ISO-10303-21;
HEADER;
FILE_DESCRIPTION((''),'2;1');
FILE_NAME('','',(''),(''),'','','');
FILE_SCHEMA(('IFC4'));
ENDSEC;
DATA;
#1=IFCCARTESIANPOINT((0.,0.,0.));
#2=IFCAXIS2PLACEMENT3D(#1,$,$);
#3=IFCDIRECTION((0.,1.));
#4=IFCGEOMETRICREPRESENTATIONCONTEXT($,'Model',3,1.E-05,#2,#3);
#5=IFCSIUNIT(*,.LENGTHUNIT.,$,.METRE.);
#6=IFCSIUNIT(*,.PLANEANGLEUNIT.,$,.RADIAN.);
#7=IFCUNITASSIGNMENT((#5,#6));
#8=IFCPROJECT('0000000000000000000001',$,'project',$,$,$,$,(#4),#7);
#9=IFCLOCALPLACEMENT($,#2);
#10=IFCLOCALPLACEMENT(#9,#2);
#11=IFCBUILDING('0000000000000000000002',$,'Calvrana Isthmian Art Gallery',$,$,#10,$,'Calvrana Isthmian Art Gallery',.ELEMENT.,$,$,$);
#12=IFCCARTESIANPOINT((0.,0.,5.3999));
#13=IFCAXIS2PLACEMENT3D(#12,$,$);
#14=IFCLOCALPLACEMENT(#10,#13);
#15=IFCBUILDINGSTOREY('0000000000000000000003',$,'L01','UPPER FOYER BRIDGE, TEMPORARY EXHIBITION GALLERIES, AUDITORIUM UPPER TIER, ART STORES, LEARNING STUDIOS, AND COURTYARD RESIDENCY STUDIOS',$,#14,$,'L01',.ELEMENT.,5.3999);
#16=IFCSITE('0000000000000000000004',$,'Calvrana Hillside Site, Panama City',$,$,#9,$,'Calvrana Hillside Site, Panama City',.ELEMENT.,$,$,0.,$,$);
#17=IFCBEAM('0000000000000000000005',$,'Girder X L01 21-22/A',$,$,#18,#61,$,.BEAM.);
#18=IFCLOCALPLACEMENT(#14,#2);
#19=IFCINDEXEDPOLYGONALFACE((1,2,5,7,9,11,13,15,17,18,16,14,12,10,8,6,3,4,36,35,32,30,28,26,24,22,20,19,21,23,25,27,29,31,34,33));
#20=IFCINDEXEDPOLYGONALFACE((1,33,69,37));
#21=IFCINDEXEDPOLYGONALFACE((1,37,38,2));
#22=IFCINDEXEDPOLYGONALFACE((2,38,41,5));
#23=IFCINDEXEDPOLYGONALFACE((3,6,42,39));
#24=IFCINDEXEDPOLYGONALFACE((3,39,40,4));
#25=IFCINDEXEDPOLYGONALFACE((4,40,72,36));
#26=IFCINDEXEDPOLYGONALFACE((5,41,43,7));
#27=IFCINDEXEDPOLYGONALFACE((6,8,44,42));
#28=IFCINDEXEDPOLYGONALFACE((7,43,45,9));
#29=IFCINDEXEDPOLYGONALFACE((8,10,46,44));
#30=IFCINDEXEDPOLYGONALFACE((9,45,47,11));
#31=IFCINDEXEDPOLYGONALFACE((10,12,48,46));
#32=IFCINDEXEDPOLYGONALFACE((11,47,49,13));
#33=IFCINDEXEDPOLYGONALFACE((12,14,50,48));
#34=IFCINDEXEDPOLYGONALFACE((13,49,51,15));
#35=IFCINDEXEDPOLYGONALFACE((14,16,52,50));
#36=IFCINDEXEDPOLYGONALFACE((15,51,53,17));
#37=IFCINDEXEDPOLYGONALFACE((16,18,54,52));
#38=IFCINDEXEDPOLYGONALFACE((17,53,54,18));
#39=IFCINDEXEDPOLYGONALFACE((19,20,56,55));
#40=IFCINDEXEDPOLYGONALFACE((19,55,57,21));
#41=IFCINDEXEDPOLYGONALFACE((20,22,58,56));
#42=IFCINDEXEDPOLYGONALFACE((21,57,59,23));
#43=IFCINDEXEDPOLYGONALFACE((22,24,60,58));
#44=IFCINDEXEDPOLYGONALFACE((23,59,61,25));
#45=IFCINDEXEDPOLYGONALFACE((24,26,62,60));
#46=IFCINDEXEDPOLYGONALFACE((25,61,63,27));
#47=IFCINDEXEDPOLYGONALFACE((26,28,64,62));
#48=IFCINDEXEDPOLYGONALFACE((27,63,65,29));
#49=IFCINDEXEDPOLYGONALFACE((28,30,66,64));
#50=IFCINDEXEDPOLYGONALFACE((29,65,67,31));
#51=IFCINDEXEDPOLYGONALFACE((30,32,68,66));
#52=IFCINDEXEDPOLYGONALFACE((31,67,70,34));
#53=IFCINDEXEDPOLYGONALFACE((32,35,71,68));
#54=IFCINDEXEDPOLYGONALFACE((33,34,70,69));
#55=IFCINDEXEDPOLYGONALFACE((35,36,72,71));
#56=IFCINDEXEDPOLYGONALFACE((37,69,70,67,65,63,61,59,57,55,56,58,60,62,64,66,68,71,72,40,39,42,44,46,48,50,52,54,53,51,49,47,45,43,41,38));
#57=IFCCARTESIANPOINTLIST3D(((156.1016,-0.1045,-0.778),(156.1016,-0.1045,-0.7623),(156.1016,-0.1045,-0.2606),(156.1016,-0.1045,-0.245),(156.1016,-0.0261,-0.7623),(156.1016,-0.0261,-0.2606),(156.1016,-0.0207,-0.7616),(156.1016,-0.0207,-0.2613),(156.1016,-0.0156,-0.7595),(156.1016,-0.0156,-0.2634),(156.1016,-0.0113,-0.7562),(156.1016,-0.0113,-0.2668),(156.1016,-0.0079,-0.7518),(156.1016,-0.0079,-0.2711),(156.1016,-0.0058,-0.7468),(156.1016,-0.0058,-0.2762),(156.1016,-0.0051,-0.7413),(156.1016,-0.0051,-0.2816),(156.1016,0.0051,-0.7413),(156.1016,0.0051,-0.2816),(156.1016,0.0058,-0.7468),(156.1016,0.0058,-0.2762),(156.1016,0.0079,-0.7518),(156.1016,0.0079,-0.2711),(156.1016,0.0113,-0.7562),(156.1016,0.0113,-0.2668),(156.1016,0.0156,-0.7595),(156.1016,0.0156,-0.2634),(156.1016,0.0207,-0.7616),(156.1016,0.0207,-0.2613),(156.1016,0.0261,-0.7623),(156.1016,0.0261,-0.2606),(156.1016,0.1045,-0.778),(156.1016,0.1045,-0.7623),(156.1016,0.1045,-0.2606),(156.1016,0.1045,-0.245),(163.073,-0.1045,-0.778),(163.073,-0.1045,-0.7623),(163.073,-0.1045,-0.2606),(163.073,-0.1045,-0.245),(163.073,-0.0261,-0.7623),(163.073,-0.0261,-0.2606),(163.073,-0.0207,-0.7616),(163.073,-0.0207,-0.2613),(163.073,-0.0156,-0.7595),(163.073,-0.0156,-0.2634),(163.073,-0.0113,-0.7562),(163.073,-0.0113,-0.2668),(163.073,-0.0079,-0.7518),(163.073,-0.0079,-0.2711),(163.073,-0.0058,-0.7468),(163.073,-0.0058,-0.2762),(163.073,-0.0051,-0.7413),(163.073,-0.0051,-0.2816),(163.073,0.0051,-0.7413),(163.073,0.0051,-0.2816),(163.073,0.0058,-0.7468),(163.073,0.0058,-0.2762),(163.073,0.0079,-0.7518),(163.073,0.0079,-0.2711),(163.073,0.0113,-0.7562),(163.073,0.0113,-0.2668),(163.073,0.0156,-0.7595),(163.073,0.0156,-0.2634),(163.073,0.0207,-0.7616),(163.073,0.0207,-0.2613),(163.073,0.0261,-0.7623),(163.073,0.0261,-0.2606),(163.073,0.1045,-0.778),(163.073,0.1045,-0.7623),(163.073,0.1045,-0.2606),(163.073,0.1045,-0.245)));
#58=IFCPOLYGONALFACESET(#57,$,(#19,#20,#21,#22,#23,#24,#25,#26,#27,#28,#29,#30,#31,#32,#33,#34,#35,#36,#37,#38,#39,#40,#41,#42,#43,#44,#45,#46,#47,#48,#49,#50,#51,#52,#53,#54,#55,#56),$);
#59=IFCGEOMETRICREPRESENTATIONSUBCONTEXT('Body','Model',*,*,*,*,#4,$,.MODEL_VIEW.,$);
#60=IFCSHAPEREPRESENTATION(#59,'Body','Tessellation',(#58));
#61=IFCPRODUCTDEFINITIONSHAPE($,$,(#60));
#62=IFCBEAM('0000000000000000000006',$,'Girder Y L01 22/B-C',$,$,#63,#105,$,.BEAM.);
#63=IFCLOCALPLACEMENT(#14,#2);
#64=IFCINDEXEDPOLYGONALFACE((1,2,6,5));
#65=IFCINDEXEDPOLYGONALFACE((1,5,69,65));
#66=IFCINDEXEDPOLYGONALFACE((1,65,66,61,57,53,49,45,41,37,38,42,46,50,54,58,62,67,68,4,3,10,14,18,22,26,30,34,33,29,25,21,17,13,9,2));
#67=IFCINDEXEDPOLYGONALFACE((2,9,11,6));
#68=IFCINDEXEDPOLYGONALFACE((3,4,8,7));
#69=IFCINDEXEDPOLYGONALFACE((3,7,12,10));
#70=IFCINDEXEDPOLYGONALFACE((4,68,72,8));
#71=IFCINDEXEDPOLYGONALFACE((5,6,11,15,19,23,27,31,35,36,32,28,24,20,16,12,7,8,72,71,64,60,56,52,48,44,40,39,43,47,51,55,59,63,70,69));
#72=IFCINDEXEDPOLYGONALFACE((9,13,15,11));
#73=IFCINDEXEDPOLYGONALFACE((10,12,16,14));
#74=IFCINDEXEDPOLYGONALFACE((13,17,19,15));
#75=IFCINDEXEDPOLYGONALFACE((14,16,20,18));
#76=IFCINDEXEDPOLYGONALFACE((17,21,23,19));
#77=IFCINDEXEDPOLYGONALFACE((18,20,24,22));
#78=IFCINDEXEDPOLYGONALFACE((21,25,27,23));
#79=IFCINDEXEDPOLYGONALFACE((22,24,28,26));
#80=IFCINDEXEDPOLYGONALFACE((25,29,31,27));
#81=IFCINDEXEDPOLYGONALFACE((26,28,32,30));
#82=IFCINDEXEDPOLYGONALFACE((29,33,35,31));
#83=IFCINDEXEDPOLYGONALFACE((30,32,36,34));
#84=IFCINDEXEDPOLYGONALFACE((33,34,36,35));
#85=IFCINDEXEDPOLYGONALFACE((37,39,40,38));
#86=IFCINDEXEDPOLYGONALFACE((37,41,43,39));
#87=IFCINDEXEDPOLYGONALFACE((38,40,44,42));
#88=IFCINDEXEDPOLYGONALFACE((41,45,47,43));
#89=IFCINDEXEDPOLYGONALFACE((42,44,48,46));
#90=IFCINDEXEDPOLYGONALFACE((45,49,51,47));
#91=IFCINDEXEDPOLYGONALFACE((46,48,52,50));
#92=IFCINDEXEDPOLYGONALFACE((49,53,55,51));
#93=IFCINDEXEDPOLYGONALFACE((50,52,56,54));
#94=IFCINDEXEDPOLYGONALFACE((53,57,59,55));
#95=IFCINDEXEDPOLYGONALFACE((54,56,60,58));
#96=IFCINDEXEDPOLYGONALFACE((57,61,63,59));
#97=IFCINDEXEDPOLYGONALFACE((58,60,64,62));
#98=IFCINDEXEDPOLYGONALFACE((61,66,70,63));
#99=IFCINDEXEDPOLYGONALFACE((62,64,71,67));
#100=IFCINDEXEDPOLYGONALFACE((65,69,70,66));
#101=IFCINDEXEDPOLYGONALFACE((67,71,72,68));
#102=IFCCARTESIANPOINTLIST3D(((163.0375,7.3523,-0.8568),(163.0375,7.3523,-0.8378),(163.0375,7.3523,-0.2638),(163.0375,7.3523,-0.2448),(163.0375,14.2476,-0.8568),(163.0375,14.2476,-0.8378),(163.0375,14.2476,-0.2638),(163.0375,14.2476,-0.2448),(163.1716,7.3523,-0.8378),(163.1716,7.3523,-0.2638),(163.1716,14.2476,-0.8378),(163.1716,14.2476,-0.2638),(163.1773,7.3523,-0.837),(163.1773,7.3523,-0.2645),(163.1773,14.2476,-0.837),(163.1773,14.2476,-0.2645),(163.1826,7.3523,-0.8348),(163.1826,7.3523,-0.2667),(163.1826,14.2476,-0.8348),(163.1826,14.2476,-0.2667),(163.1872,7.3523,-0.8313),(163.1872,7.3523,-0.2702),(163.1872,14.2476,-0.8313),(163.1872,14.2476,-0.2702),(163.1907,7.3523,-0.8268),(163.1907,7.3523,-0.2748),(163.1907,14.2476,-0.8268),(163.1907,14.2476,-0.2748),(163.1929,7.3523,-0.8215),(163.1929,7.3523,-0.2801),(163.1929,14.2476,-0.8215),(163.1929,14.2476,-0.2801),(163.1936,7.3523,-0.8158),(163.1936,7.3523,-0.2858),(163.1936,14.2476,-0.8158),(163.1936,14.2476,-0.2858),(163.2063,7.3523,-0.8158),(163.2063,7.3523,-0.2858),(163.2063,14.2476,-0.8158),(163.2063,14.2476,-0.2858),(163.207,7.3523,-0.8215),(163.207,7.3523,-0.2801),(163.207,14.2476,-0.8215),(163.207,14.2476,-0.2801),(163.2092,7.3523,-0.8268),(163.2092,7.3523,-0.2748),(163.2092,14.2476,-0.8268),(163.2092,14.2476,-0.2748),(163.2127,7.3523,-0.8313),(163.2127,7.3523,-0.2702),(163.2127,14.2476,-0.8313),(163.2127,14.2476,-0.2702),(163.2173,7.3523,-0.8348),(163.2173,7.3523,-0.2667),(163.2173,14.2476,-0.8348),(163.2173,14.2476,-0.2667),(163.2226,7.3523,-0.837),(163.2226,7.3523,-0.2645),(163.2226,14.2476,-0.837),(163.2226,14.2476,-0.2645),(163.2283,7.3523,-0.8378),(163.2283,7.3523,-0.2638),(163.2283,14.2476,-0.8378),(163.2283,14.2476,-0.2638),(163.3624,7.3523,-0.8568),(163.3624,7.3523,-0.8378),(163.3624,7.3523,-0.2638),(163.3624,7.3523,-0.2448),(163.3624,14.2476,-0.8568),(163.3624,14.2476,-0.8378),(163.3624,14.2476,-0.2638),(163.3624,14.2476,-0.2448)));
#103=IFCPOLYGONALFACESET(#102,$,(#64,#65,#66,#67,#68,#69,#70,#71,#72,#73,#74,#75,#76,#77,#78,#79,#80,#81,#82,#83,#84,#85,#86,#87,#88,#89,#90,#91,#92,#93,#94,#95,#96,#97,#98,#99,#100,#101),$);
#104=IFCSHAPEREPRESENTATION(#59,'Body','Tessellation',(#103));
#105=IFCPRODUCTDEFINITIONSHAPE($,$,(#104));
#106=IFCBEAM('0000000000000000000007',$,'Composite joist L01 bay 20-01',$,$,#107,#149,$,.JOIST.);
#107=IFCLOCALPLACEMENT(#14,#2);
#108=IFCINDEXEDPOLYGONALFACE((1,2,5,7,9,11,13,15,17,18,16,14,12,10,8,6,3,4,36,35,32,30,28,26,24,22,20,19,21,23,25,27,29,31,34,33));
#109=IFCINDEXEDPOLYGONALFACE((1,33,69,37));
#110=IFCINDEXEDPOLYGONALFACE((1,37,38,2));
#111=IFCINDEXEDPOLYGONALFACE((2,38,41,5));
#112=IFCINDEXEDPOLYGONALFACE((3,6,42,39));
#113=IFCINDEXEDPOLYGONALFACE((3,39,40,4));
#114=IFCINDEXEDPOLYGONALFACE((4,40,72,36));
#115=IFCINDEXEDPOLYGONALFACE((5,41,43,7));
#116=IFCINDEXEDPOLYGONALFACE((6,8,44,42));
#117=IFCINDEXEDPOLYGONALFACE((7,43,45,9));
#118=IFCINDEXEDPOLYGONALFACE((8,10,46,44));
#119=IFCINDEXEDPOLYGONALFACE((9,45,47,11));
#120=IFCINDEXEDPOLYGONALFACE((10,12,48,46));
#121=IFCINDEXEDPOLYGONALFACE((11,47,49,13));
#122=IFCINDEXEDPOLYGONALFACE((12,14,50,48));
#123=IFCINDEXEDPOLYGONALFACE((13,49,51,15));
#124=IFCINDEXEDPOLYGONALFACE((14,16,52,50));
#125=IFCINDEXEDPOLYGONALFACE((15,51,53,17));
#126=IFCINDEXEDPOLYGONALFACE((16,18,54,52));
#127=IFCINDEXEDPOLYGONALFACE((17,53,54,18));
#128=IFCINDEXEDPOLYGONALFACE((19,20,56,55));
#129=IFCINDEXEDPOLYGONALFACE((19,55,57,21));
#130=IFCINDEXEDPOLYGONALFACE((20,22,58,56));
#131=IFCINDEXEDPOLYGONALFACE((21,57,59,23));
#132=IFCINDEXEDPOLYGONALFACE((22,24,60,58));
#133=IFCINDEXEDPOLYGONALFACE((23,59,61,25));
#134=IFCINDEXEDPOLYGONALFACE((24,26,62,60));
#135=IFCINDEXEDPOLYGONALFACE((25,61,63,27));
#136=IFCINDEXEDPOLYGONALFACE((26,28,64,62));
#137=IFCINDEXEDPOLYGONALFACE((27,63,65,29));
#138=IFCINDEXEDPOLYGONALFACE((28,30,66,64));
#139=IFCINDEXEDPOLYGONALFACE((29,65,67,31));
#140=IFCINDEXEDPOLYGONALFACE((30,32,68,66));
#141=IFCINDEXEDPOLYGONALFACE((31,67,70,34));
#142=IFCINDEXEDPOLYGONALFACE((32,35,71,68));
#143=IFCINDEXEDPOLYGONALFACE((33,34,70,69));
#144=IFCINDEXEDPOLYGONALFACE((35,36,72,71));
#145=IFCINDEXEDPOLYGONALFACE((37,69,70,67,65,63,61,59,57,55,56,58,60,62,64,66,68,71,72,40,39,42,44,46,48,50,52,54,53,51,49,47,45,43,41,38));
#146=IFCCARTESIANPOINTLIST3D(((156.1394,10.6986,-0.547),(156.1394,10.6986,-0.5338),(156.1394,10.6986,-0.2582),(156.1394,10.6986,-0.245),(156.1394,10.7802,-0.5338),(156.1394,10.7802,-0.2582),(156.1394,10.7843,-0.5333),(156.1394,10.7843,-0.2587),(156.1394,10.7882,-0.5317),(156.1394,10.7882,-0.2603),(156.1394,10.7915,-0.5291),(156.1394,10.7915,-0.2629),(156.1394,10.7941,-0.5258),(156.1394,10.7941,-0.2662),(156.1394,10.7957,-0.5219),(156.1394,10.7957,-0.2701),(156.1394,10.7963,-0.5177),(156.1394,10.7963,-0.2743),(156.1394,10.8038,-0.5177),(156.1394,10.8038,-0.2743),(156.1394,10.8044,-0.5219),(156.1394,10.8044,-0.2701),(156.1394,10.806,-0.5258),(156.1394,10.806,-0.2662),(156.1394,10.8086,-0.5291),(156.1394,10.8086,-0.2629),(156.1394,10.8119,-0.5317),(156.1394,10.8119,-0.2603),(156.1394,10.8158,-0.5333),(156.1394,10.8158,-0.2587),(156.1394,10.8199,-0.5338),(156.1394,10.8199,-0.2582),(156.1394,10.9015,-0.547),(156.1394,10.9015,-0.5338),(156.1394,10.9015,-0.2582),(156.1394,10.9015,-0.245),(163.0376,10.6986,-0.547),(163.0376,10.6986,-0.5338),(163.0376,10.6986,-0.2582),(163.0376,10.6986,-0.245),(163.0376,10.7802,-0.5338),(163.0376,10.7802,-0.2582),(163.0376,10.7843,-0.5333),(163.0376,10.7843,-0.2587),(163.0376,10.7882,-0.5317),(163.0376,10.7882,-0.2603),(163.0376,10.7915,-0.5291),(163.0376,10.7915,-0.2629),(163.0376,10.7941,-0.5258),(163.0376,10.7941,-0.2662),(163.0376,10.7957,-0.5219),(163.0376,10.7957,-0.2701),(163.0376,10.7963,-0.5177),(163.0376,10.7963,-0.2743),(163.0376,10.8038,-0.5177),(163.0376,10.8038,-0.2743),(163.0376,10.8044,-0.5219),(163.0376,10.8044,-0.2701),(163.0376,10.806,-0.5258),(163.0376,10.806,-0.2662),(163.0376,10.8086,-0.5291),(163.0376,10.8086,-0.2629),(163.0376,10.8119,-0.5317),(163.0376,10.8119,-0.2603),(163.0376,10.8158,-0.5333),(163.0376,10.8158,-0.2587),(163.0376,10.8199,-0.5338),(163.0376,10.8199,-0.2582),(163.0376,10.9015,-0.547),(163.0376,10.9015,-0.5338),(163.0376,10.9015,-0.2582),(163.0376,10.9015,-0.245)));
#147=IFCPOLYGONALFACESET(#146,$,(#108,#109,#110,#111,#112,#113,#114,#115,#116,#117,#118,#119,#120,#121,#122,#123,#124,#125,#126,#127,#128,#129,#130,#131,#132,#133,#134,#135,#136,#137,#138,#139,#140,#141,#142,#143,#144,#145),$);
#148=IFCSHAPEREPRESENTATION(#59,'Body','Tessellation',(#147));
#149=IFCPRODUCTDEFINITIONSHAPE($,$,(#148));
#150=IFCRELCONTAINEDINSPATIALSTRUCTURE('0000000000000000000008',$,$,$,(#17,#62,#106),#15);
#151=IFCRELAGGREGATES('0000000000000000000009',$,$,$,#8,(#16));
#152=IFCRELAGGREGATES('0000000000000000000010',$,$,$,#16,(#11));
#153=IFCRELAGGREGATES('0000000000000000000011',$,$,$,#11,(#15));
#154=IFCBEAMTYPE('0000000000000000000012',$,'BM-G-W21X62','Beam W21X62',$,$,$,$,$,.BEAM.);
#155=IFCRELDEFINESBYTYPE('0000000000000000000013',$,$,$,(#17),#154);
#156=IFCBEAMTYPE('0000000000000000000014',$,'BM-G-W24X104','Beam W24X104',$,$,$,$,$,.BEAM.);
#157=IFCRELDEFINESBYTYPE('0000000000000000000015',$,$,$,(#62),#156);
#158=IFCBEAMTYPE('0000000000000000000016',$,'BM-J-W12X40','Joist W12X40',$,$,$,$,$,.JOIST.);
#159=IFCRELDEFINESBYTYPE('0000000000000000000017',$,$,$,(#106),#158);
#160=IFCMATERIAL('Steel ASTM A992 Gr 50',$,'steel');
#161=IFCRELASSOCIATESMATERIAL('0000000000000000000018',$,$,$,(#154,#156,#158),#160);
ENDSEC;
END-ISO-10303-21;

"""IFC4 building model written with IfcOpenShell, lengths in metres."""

from ifc_helpers import new_model, si_unit, direction, frame, origin, origin_2d, place, context, subcontext, project, spatial, i_section, extrude, material, material_profile, profile_set, type_object, element, save


model = new_model("IFC4")

# Units and contexts
model_context = context("Model", 3, precision=1e-05, world=origin(), true_north=direction((0.0, 1.0)))
body_context = subcontext(model_context, "Body", "Model", "MODEL_VIEW")
ifc_project = project(units=[si_unit("LENGTHUNIT", "METRE"), si_unit("PLANEANGLEUNIT", "RADIAN")], contexts=[model_context])

# Site, building, storey
site_placement = place(None, origin())
site = spatial("IfcSite", under=ifc_project, at=site_placement, Name="Calvrana Hillside Site, Panama City", LongName="Calvrana Hillside Site, Panama City", CompositionType="ELEMENT", RefElevation=0.0)
building_placement = place(site_placement, origin())
building = spatial("IfcBuilding", under=site, at=building_placement, Name="Calvrana Isthmian Art Gallery", LongName="Calvrana Isthmian Art Gallery", CompositionType="ELEMENT")
storey_placement = place(building_placement, frame((0.0, 0.0, 5.3999)))
storey = spatial("IfcBuildingStorey", under=building, at=storey_placement, Name="L01", Description="UPPER FOYER BRIDGE, TEMPORARY EXHIBITION GALLERIES, AUDITORIUM UPPER TIER, ART STORES, LEARNING STUDIOS, AND COURTYARD RESIDENCY STUDIOS", LongName="L01", CompositionType="ELEMENT", Elevation=5.3999)

# Beams
ifc_material_1 = material(Name="Steel ASTM A992 Gr 50", Category="steel")
ifc_material_profile_1 = material_profile(ifc_material_1, i_section(OverallWidth=0.209, OverallDepth=0.533, WebThickness=0.0103, FlangeThickness=0.0156, FilletRadius=0.021, at=origin_2d()), Name="W21X62")
ifc_profile_set_1 = profile_set([ifc_material_profile_1], Name="Steel ASTM A992 Gr 50")
beam_type_1 = type_object("IfcBeamType", Name="BM-G-W21X62", Description="Beam W21X62", PredefinedType="BEAM", material=ifc_profile_set_1)
beam_1_placement = place(storey_placement, frame((156.1016, 0.0, -0.5115), z_axis=(1.0, 0.0, 0.0), x_axis=(0.0, 1.0, 0.0)))
element("IfcBeam", 1, at=beam_1_placement, inside=storey, type_object=beam_type_1, Name="Girder X L01 21-22/A", PredefinedType="BEAM", context=body_context, shape_type="SweptSolid", body=[
    extrude(i_section(OverallWidth=0.209, OverallDepth=0.533, WebThickness=0.0103, FlangeThickness=0.0156, FilletRadius=0.021, at=origin_2d()), origin(), (0.0, 0.0, 1.0), 6.9714),
])
ifc_material_profile_2 = material_profile(ifc_material_1, i_section(OverallWidth=0.325, OverallDepth=0.6121, WebThickness=0.0127, FlangeThickness=0.019, FilletRadius=0.022, at=origin_2d()), Name="W24X104")
ifc_profile_set_2 = profile_set([ifc_material_profile_2], Name="Steel ASTM A992 Gr 50")
beam_type_2 = type_object("IfcBeamType", Name="BM-G-W24X104", Description="Beam W24X104", PredefinedType="BEAM", material=ifc_profile_set_2)
beam_2_placement = place(storey_placement, frame((163.2, 7.3523, -0.5508), z_axis=(0.0, 1.0, 0.0), x_axis=(-1.0, 0.0, 0.0)))
element("IfcBeam", 2, at=beam_2_placement, inside=storey, type_object=beam_type_2, Name="Girder Y L01 22/B-C", PredefinedType="BEAM", context=body_context, shape_type="SweptSolid", body=[
    extrude(i_section(OverallWidth=0.325, OverallDepth=0.6121, WebThickness=0.0127, FlangeThickness=0.019, FilletRadius=0.022, at=origin_2d()), origin(), (0.0, 0.0, 1.0), 6.8953),
])
ifc_material_profile_3 = material_profile(ifc_material_1, i_section(OverallWidth=0.2029, OverallDepth=0.302, WebThickness=0.0076, FlangeThickness=0.0132, FilletRadius=0.0161, at=origin_2d()), Name="W12X40")
ifc_profile_set_3 = profile_set([ifc_material_profile_3], Name="Steel ASTM A992 Gr 50")
beam_type_3 = type_object("IfcBeamType", Name="BM-J-W12X40", Description="Joist W12X40", PredefinedType="JOIST", material=ifc_profile_set_3)
beam_3_placement = place(storey_placement, frame((156.1394, 10.8, -0.396), z_axis=(1.0, 0.0, 0.0), x_axis=(0.0, 1.0, 0.0)))
element("IfcBeam", 3, at=beam_3_placement, inside=storey, type_object=beam_type_3, Name="Composite joist L01 bay 20-01", PredefinedType="JOIST", context=body_context, shape_type="SweptSolid", body=[
    extrude(i_section(OverallWidth=0.2029, OverallDepth=0.302, WebThickness=0.0076, FlangeThickness=0.0132, FilletRadius=0.0161, at=origin_2d()), origin(), (0.0, 0.0, 1.0), 6.8982),
])

save(model, "model.ifc")
